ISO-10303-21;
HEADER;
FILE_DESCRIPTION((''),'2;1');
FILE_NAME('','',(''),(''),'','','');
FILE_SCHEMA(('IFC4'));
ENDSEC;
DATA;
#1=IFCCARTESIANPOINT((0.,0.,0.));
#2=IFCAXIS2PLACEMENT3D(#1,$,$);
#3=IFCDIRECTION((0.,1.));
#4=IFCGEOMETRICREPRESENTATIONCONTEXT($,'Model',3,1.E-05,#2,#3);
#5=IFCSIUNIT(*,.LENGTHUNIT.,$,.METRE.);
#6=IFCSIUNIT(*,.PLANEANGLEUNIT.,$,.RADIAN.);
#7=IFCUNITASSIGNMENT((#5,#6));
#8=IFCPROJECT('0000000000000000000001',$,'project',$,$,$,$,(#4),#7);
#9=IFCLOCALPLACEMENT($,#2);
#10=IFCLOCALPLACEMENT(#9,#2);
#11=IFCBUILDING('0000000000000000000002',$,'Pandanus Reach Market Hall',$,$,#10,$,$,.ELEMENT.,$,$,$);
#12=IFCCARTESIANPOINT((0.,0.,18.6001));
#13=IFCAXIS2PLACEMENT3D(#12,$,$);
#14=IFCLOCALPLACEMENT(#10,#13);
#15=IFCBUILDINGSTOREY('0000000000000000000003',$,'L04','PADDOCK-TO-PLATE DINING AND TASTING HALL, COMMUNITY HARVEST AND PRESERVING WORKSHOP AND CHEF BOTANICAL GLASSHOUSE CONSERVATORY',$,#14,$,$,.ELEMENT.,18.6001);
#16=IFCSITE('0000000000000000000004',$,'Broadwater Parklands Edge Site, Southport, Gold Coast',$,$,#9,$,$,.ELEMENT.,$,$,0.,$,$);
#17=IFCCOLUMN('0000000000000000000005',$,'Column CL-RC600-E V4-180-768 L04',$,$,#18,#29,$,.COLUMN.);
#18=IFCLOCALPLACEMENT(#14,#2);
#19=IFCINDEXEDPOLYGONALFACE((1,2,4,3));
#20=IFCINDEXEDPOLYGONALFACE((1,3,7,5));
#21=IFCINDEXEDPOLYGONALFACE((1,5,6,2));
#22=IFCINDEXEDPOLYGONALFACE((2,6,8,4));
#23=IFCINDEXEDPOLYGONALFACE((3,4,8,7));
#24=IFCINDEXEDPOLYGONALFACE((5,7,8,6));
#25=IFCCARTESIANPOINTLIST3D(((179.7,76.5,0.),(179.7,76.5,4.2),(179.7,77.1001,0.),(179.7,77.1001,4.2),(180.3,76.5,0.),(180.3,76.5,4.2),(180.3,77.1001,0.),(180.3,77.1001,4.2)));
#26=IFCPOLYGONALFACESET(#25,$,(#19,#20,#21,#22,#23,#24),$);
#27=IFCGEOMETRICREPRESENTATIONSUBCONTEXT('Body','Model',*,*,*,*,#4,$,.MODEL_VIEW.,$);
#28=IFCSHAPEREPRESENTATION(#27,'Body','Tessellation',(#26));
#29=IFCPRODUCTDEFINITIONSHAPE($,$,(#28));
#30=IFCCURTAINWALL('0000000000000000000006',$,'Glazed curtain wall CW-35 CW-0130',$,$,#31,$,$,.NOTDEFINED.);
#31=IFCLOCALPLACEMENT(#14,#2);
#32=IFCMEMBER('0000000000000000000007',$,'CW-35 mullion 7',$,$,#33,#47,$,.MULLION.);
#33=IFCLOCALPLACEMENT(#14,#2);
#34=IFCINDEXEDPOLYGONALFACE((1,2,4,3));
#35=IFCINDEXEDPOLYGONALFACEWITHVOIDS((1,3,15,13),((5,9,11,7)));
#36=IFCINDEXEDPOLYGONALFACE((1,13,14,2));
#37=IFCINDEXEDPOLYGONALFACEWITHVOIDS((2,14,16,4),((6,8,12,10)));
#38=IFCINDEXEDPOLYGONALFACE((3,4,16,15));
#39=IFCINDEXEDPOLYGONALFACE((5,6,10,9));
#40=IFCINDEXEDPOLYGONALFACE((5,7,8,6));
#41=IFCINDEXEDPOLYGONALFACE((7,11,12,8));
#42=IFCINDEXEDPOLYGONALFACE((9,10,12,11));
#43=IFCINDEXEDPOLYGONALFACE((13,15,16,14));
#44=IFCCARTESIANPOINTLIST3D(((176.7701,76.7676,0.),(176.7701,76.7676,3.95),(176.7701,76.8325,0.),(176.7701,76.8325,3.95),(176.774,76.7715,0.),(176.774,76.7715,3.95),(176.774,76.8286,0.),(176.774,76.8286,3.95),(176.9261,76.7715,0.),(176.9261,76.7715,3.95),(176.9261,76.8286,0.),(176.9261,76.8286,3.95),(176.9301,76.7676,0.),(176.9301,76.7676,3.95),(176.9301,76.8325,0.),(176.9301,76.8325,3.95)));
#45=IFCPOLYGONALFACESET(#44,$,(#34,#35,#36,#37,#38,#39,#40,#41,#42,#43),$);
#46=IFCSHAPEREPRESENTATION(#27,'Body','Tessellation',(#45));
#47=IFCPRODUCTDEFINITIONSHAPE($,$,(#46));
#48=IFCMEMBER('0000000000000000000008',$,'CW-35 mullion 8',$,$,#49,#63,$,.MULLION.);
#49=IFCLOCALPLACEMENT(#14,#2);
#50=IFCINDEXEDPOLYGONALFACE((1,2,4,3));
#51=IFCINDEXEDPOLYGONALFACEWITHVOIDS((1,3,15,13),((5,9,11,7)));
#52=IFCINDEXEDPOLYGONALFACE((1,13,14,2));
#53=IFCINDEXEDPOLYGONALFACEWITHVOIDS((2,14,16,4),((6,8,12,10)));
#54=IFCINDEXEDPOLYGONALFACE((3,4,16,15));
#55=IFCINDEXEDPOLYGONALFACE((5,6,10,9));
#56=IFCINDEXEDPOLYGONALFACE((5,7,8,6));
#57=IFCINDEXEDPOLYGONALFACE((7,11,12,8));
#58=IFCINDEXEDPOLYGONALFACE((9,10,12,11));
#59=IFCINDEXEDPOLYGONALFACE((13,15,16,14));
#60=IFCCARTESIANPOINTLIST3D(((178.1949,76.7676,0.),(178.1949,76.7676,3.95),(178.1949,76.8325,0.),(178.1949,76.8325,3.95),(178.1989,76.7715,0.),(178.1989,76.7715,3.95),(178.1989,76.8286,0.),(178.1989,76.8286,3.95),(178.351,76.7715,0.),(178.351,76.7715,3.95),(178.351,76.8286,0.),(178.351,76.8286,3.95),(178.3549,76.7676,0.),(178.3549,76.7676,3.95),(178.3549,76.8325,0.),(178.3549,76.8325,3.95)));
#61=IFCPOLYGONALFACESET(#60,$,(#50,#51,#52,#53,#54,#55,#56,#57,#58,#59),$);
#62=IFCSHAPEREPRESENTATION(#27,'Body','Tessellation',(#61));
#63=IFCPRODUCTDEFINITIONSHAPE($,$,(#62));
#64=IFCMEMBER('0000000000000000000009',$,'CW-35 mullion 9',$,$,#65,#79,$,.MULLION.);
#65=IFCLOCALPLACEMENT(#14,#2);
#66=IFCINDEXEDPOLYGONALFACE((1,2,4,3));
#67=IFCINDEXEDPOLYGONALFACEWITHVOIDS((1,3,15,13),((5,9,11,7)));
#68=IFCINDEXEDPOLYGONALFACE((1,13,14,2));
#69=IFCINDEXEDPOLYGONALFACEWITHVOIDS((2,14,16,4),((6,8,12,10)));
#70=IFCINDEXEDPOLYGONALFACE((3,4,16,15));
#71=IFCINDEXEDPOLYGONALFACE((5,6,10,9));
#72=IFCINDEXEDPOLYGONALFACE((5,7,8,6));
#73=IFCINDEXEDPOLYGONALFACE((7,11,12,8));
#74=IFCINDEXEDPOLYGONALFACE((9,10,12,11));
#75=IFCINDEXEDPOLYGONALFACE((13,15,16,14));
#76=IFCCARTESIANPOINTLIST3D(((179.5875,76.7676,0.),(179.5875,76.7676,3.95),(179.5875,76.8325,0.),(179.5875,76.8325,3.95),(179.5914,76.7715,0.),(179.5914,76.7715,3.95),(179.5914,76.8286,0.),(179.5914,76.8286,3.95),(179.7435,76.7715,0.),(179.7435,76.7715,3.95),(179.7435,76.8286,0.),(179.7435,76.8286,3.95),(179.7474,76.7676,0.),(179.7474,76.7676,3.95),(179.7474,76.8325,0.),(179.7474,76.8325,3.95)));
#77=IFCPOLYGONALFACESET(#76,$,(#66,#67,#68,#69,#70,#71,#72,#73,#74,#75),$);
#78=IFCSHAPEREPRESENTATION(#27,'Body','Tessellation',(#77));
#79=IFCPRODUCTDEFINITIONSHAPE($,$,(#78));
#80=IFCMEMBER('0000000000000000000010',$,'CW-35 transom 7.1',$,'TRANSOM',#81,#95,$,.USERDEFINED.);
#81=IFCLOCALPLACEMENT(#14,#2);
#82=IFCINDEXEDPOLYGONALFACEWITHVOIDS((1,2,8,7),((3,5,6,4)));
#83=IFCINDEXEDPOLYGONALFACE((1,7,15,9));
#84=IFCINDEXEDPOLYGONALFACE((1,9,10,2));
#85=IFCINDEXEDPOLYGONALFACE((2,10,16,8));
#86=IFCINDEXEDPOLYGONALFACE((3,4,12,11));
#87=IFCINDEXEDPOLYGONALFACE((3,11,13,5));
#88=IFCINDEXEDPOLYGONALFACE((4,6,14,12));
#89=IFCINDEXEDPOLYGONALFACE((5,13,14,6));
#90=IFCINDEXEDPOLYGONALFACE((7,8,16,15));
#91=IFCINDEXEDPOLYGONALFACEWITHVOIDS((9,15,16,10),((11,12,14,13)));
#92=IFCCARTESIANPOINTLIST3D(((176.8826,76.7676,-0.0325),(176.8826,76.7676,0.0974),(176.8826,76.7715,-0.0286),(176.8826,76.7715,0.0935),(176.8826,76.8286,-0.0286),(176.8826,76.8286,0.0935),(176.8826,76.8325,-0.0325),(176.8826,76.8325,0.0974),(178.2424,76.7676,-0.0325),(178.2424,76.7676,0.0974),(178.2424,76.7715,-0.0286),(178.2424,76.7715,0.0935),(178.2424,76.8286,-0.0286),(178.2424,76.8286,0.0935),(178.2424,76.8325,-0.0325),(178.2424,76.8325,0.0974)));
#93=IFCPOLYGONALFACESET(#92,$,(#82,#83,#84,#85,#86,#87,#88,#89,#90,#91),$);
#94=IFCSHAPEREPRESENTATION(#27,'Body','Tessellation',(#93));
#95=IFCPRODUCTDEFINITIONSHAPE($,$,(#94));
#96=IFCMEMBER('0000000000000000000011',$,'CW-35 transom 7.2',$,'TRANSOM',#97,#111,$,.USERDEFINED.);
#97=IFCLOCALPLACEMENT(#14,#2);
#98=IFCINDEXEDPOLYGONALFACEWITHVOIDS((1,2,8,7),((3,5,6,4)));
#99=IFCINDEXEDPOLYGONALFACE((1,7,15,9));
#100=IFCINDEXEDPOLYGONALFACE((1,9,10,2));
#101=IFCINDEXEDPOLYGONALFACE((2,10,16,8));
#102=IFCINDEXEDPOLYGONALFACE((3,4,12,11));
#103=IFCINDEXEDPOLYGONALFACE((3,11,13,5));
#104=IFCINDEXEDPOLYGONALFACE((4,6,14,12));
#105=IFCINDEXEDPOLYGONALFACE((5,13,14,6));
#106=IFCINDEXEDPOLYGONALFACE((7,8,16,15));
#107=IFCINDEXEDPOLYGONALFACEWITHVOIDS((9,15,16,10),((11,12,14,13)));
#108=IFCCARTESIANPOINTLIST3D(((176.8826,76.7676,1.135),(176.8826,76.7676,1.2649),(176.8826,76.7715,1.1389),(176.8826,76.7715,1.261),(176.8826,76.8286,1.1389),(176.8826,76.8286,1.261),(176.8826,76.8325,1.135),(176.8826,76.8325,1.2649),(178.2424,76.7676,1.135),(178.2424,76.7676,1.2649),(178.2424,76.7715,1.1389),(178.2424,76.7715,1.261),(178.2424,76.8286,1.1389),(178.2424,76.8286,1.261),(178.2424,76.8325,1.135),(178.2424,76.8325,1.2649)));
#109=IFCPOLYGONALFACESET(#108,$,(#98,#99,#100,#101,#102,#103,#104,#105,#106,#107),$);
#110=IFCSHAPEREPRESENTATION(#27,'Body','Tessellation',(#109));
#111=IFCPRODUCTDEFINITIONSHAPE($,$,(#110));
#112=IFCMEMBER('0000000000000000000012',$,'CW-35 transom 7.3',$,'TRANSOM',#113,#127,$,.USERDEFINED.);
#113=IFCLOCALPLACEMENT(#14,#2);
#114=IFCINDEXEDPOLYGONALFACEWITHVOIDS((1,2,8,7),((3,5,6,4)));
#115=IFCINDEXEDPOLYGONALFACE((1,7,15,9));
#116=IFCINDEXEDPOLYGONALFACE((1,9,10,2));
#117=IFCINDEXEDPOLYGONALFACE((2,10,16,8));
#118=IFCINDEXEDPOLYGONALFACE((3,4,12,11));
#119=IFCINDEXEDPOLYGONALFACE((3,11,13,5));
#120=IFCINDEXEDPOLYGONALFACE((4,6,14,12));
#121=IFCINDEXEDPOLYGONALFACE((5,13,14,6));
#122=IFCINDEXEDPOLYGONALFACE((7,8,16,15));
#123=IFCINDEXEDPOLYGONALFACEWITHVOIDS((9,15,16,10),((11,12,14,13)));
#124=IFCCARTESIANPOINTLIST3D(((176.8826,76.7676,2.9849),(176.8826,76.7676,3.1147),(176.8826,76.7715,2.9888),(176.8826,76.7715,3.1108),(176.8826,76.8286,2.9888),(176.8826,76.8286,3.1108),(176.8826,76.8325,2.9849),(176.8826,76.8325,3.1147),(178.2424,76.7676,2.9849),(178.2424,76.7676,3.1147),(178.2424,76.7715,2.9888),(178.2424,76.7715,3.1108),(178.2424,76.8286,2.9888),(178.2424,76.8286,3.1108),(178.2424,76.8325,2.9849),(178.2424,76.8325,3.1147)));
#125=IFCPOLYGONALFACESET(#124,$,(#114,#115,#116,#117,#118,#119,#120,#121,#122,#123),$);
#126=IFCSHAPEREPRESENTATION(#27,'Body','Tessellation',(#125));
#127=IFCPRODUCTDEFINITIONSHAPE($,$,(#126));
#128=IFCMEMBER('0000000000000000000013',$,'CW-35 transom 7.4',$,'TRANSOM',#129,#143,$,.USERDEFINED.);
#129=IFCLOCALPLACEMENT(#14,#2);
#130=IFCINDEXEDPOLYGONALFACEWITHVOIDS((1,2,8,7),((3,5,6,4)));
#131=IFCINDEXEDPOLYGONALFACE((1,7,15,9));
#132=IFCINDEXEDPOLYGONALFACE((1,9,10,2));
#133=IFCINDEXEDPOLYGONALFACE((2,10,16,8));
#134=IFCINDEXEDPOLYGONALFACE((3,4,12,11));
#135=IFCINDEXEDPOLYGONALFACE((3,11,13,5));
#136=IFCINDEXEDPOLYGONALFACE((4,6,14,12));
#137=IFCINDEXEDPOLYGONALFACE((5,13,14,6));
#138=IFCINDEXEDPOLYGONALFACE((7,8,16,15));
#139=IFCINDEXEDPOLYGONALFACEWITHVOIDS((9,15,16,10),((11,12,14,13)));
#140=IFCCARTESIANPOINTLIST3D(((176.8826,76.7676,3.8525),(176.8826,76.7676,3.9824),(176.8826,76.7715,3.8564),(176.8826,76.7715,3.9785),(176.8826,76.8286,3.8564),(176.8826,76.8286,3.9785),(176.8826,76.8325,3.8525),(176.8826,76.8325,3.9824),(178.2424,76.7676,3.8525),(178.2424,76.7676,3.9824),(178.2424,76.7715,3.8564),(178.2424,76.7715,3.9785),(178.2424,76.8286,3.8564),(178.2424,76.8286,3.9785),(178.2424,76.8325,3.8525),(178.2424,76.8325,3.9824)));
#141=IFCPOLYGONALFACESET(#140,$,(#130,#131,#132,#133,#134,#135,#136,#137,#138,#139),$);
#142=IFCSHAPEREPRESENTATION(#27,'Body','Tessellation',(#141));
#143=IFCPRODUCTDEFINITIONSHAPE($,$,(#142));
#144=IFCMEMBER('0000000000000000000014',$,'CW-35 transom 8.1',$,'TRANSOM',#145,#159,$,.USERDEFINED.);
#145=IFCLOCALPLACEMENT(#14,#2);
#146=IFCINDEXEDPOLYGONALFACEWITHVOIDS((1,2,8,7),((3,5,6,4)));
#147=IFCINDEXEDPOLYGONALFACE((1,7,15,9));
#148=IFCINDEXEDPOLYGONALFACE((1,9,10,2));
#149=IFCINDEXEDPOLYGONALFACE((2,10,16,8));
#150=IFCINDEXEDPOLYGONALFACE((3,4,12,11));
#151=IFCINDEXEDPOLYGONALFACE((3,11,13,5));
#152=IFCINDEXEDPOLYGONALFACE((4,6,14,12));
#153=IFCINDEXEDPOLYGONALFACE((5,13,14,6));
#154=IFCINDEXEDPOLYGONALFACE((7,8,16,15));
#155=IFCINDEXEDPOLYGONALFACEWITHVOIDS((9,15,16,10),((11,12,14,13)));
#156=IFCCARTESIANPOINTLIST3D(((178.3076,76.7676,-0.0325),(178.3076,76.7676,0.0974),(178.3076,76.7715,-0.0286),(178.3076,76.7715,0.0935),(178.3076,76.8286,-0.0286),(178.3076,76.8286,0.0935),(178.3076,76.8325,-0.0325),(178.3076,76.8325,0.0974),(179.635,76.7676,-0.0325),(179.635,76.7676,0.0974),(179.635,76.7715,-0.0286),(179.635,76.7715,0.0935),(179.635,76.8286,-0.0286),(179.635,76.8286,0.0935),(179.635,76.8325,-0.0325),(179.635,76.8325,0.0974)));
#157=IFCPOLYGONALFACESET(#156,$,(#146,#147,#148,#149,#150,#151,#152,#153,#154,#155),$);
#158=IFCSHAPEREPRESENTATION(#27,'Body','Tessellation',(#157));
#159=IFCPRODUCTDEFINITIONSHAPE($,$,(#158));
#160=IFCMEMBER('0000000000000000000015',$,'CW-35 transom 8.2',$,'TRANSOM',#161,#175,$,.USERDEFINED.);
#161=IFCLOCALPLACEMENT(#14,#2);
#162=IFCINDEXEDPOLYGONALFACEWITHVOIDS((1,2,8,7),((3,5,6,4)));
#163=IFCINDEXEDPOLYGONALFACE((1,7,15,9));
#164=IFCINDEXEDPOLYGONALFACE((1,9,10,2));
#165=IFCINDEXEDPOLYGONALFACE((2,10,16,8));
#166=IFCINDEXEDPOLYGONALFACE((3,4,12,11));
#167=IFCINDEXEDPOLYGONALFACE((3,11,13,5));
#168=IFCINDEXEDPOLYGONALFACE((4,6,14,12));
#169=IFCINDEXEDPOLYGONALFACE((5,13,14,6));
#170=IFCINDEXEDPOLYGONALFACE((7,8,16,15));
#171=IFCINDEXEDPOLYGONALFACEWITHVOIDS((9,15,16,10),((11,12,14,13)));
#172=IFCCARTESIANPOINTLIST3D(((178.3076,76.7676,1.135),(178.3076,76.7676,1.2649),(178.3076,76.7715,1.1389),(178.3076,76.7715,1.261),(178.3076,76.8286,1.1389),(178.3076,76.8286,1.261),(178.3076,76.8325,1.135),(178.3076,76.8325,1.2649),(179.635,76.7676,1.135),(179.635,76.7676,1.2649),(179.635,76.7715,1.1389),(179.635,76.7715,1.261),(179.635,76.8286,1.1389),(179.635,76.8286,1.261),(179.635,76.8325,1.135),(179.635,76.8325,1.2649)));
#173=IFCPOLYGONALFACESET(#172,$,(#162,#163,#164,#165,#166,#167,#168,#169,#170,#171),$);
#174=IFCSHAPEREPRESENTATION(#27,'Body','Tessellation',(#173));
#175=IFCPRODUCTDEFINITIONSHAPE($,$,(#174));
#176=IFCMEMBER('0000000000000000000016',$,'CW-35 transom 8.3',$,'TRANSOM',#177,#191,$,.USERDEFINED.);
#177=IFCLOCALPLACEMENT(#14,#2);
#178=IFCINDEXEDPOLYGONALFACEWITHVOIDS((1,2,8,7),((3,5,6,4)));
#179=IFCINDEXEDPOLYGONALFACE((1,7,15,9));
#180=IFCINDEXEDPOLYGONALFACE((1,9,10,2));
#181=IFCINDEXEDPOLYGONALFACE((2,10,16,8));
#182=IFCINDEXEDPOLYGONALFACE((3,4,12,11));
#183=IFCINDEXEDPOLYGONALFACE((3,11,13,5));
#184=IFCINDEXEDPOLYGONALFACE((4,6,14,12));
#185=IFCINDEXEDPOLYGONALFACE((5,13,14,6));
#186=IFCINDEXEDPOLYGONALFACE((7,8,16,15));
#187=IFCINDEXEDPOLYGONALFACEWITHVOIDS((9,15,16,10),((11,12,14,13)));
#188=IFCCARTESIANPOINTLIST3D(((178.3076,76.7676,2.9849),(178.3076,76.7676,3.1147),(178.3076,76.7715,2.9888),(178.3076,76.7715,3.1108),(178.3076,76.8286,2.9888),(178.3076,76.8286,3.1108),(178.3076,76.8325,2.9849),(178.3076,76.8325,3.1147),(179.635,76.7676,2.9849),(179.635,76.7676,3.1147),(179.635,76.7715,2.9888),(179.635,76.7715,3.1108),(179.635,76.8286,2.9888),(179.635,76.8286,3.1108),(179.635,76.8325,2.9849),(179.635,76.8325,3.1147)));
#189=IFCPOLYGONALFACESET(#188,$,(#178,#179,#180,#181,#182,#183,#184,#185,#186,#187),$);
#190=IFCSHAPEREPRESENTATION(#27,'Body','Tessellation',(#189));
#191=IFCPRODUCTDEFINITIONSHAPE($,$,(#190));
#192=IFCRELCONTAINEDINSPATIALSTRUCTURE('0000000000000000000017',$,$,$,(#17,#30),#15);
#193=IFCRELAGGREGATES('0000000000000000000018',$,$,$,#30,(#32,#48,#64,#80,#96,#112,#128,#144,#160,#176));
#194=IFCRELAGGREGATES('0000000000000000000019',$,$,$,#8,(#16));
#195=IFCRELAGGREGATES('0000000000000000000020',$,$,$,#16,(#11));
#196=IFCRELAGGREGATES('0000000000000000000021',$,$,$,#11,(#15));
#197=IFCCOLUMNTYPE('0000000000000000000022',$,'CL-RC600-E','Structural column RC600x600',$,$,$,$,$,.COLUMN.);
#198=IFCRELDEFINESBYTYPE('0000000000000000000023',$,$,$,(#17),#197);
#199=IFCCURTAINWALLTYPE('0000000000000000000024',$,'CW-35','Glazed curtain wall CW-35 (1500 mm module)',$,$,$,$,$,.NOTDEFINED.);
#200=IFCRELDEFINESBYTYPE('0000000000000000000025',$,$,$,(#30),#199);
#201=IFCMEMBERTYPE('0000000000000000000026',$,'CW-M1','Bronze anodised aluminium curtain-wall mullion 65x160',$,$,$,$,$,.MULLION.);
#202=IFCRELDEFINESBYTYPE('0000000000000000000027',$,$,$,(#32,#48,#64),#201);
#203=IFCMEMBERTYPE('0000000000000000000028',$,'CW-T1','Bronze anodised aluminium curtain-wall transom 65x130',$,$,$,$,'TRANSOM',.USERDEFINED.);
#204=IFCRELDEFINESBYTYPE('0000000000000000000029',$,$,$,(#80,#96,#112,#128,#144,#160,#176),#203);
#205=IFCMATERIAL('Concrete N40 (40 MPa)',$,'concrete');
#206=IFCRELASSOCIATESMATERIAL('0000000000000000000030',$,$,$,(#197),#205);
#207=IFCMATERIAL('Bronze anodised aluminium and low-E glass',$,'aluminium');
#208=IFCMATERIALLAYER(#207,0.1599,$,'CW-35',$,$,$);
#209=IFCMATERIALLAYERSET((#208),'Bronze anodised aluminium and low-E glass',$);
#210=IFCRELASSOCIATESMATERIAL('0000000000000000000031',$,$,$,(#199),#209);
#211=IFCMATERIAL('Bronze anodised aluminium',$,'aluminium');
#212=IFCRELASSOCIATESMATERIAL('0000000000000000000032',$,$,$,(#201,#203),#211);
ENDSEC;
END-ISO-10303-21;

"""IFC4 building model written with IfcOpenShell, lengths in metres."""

from ifc_helpers import new_model, si_unit, direction, frame, origin, origin_2d, place, context, subcontext, project, spatial, rectangle, hollow_rectangle, extrude, material, layer, layer_set, material_profile, profile_set, type_object, element, aggregate, save


model = new_model("IFC4")

# Units and contexts
model_context = context("Model", 3, precision=1e-05, world=origin(), true_north=direction((0.0, 1.0)))
body_context = subcontext(model_context, "Body", "Model", "MODEL_VIEW")
ifc_project = project(units=[si_unit("LENGTHUNIT", "METRE"), si_unit("PLANEANGLEUNIT", "RADIAN")], contexts=[model_context])

# Site, building, storey
site_placement = place(None, origin())
site = spatial("IfcSite", under=ifc_project, at=site_placement, Name="Broadwater Parklands Edge Site, Southport, Gold Coast", CompositionType="ELEMENT", RefElevation=0.0)
building_placement = place(site_placement, origin())
building = spatial("IfcBuilding", under=site, at=building_placement, Name="Pandanus Reach Market Hall", CompositionType="ELEMENT")
storey_placement = place(building_placement, frame((0.0, 0.0, 18.6001)))
storey = spatial("IfcBuildingStorey", under=building, at=storey_placement, Name="L04", Description="PADDOCK-TO-PLATE DINING AND TASTING HALL, COMMUNITY HARVEST AND PRESERVING WORKSHOP AND CHEF BOTANICAL GLASSHOUSE CONSERVATORY", CompositionType="ELEMENT", Elevation=18.6001)

# Column
ifc_material_1 = material(Name="Concrete N40 (40 MPa)", Category="concrete")
ifc_material_profile_1 = material_profile(ifc_material_1, rectangle(XDim=0.6001, YDim=0.6001, at=origin_2d()), Name="RC600x600", Category="LoadBearing")
ifc_profile_set_1 = profile_set([ifc_material_profile_1], Name="Concrete N40 (40 MPa)")
column_type = type_object("IfcColumnType", Name="CL-RC600-E", Description="Structural column RC600x600", PredefinedType="COLUMN", material=ifc_profile_set_1)
column_placement = place(storey_placement, frame((180.0, 76.8, 0.0), z_axis=(0.0, 0.0, 1.0), x_axis=(1.0, 0.0, 0.0)))
element("IfcColumn", 1, at=column_placement, inside=storey, type_object=column_type, Name="Column CL-RC600-E V4-180-768 L04", PredefinedType="COLUMN", context=body_context, shape_type="SweptSolid", body=[
    extrude(rectangle(XDim=0.6001, YDim=0.6001, at=origin_2d()), origin(), (0.0, 0.0, 1.0), 4.2),
])

# Curtain wall, members
ifc_material_2 = material(Name="Bronze anodised aluminium and low-E glass", Category="aluminium")
ifc_layer_1 = layer(ifc_material_2, 0.1599, Name="CW-35")
ifc_layer_set_1 = layer_set([ifc_layer_1], Name="Bronze anodised aluminium and low-E glass")
curtain_wall_type = type_object("IfcCurtainWallType", Name="CW-35", Description="Glazed curtain wall CW-35 (1500 mm module)", PredefinedType="NOTDEFINED", material=ifc_layer_set_1)
curtain_wall_placement = place(storey_placement, origin())
curtain_wall = element("IfcCurtainWall", 2, at=curtain_wall_placement, inside=storey, type_object=curtain_wall_type, Name="Glazed curtain wall CW-35 CW-0130", PredefinedType="NOTDEFINED")
ifc_material_3 = material(Name="Bronze anodised aluminium", Category="aluminium")
ifc_material_profile_2 = material_profile(ifc_material_3, hollow_rectangle(XDim=0.0649, YDim=0.1599, WallThickness=0.0039, at=origin_2d()), Name="ALU65x160", Category="LoadBearing")
ifc_profile_set_2 = profile_set([ifc_material_profile_2], Name="Bronze anodised aluminium")
member_type_1 = type_object("IfcMemberType", Name="CW-M1", Description="Bronze anodised aluminium curtain-wall mullion 65x160", PredefinedType="MULLION", material=ifc_profile_set_2)
member_1_placement = place(storey_placement, frame((176.8501, 76.8, 0.0), z_axis=(0.0, 0.0, 1.0), x_axis=(0.0, 1.0, 0.0)))
member_1 = element("IfcMember", 3, at=member_1_placement, type_object=member_type_1, Name="CW-35 mullion 7", PredefinedType="MULLION", context=body_context, shape_type="SweptSolid", body=[
    extrude(hollow_rectangle(XDim=0.0649, YDim=0.1599, WallThickness=0.0039, at=origin_2d()), origin(), (0.0, 0.0, 1.0), 3.95),
])
member_2_placement = place(storey_placement, frame((178.2749, 76.8, 0.0), z_axis=(0.0, 0.0, 1.0), x_axis=(0.0, 1.0, 0.0)))
member_2 = element("IfcMember", 4, at=member_2_placement, type_object=member_type_1, Name="CW-35 mullion 8", PredefinedType="MULLION", context=body_context, shape_type="SweptSolid", body=[
    extrude(hollow_rectangle(XDim=0.0649, YDim=0.1599, WallThickness=0.0039, at=origin_2d()), origin(), (0.0, 0.0, 1.0), 3.95),
])
member_3_placement = place(storey_placement, frame((179.6675, 76.8, 0.0), z_axis=(0.0, 0.0, 1.0), x_axis=(0.0, 1.0, 0.0)))
member_3 = element("IfcMember", 5, at=member_3_placement, type_object=member_type_1, Name="CW-35 mullion 9", PredefinedType="MULLION", context=body_context, shape_type="SweptSolid", body=[
    extrude(hollow_rectangle(XDim=0.0649, YDim=0.1599, WallThickness=0.0039, at=origin_2d()), origin(), (0.0, 0.0, 1.0), 3.95),
])
ifc_material_profile_3 = material_profile(ifc_material_3, hollow_rectangle(XDim=0.0649, YDim=0.1299, WallThickness=0.0039, at=origin_2d()), Name="ALU65x130", Category="LoadBearing")
ifc_profile_set_3 = profile_set([ifc_material_profile_3], Name="Bronze anodised aluminium")
member_type_2 = type_object("IfcMemberType", Name="CW-T1", Description="Bronze anodised aluminium curtain-wall transom 65x130", ElementType="TRANSOM", PredefinedType="USERDEFINED", material=ifc_profile_set_3)
member_4_placement = place(storey_placement, frame((176.8826, 76.8, 0.0325), z_axis=(1.0, 0.0, 0.0), x_axis=(0.0, 1.0, 0.0)))
member_4 = element("IfcMember", 6, at=member_4_placement, type_object=member_type_2, Name="CW-35 transom 7.1", ObjectType="TRANSOM", PredefinedType="USERDEFINED", context=body_context, shape_type="SweptSolid", body=[
    extrude(hollow_rectangle(XDim=0.0649, YDim=0.1299, WallThickness=0.0039, at=origin_2d()), origin(), (0.0, 0.0, 1.0), 1.3599),
])
member_5_placement = place(storey_placement, frame((176.8826, 76.8, 1.2), z_axis=(1.0, 0.0, 0.0), x_axis=(0.0, 1.0, 0.0)))
member_5 = element("IfcMember", 7, at=member_5_placement, type_object=member_type_2, Name="CW-35 transom 7.2", ObjectType="TRANSOM", PredefinedType="USERDEFINED", context=body_context, shape_type="SweptSolid", body=[
    extrude(hollow_rectangle(XDim=0.0649, YDim=0.1299, WallThickness=0.0039, at=origin_2d()), origin(), (0.0, 0.0, 1.0), 1.3599),
])
member_6_placement = place(storey_placement, frame((176.8826, 76.8, 3.0498), z_axis=(1.0, 0.0, 0.0), x_axis=(0.0, 1.0, 0.0)))
member_6 = element("IfcMember", 8, at=member_6_placement, type_object=member_type_2, Name="CW-35 transom 7.3", ObjectType="TRANSOM", PredefinedType="USERDEFINED", context=body_context, shape_type="SweptSolid", body=[
    extrude(hollow_rectangle(XDim=0.0649, YDim=0.1299, WallThickness=0.0039, at=origin_2d()), origin(), (0.0, 0.0, 1.0), 1.3599),
])
member_7_placement = place(storey_placement, frame((176.8826, 76.8, 3.9175), z_axis=(1.0, 0.0, 0.0), x_axis=(0.0, 1.0, 0.0)))
member_7 = element("IfcMember", 9, at=member_7_placement, type_object=member_type_2, Name="CW-35 transom 7.4", ObjectType="TRANSOM", PredefinedType="USERDEFINED", context=body_context, shape_type="SweptSolid", body=[
    extrude(hollow_rectangle(XDim=0.0649, YDim=0.1299, WallThickness=0.0039, at=origin_2d()), origin(), (0.0, 0.0, 1.0), 1.3599),
])
member_8_placement = place(storey_placement, frame((178.3076, 76.8, 0.0325), z_axis=(1.0, 0.0, 0.0), x_axis=(0.0, 1.0, 0.0)))
member_8 = element("IfcMember", 10, at=member_8_placement, type_object=member_type_2, Name="CW-35 transom 8.1", ObjectType="TRANSOM", PredefinedType="USERDEFINED", context=body_context, shape_type="SweptSolid", body=[
    extrude(hollow_rectangle(XDim=0.0649, YDim=0.1299, WallThickness=0.0039, at=origin_2d()), origin(), (0.0, 0.0, 1.0), 1.3274),
])
member_9_placement = place(storey_placement, frame((178.3076, 76.8, 1.2), z_axis=(1.0, 0.0, 0.0), x_axis=(0.0, 1.0, 0.0)))
member_9 = element("IfcMember", 11, at=member_9_placement, type_object=member_type_2, Name="CW-35 transom 8.2", ObjectType="TRANSOM", PredefinedType="USERDEFINED", context=body_context, shape_type="SweptSolid", body=[
    extrude(hollow_rectangle(XDim=0.0649, YDim=0.1299, WallThickness=0.0039, at=origin_2d()), origin(), (0.0, 0.0, 1.0), 1.3274),
])
member_10_placement = place(storey_placement, frame((178.3076, 76.8, 3.0498), z_axis=(1.0, 0.0, 0.0), x_axis=(0.0, 1.0, 0.0)))
member_10 = element("IfcMember", 12, at=member_10_placement, type_object=member_type_2, Name="CW-35 transom 8.3", ObjectType="TRANSOM", PredefinedType="USERDEFINED", context=body_context, shape_type="SweptSolid", body=[
    extrude(hollow_rectangle(XDim=0.0649, YDim=0.1299, WallThickness=0.0039, at=origin_2d()), origin(), (0.0, 0.0, 1.0), 1.3274),
])
aggregate(curtain_wall, [member_1, member_2, member_3, member_4, member_5, member_6, member_7, member_8, member_9, member_10])

save(model, "model.ifc")
